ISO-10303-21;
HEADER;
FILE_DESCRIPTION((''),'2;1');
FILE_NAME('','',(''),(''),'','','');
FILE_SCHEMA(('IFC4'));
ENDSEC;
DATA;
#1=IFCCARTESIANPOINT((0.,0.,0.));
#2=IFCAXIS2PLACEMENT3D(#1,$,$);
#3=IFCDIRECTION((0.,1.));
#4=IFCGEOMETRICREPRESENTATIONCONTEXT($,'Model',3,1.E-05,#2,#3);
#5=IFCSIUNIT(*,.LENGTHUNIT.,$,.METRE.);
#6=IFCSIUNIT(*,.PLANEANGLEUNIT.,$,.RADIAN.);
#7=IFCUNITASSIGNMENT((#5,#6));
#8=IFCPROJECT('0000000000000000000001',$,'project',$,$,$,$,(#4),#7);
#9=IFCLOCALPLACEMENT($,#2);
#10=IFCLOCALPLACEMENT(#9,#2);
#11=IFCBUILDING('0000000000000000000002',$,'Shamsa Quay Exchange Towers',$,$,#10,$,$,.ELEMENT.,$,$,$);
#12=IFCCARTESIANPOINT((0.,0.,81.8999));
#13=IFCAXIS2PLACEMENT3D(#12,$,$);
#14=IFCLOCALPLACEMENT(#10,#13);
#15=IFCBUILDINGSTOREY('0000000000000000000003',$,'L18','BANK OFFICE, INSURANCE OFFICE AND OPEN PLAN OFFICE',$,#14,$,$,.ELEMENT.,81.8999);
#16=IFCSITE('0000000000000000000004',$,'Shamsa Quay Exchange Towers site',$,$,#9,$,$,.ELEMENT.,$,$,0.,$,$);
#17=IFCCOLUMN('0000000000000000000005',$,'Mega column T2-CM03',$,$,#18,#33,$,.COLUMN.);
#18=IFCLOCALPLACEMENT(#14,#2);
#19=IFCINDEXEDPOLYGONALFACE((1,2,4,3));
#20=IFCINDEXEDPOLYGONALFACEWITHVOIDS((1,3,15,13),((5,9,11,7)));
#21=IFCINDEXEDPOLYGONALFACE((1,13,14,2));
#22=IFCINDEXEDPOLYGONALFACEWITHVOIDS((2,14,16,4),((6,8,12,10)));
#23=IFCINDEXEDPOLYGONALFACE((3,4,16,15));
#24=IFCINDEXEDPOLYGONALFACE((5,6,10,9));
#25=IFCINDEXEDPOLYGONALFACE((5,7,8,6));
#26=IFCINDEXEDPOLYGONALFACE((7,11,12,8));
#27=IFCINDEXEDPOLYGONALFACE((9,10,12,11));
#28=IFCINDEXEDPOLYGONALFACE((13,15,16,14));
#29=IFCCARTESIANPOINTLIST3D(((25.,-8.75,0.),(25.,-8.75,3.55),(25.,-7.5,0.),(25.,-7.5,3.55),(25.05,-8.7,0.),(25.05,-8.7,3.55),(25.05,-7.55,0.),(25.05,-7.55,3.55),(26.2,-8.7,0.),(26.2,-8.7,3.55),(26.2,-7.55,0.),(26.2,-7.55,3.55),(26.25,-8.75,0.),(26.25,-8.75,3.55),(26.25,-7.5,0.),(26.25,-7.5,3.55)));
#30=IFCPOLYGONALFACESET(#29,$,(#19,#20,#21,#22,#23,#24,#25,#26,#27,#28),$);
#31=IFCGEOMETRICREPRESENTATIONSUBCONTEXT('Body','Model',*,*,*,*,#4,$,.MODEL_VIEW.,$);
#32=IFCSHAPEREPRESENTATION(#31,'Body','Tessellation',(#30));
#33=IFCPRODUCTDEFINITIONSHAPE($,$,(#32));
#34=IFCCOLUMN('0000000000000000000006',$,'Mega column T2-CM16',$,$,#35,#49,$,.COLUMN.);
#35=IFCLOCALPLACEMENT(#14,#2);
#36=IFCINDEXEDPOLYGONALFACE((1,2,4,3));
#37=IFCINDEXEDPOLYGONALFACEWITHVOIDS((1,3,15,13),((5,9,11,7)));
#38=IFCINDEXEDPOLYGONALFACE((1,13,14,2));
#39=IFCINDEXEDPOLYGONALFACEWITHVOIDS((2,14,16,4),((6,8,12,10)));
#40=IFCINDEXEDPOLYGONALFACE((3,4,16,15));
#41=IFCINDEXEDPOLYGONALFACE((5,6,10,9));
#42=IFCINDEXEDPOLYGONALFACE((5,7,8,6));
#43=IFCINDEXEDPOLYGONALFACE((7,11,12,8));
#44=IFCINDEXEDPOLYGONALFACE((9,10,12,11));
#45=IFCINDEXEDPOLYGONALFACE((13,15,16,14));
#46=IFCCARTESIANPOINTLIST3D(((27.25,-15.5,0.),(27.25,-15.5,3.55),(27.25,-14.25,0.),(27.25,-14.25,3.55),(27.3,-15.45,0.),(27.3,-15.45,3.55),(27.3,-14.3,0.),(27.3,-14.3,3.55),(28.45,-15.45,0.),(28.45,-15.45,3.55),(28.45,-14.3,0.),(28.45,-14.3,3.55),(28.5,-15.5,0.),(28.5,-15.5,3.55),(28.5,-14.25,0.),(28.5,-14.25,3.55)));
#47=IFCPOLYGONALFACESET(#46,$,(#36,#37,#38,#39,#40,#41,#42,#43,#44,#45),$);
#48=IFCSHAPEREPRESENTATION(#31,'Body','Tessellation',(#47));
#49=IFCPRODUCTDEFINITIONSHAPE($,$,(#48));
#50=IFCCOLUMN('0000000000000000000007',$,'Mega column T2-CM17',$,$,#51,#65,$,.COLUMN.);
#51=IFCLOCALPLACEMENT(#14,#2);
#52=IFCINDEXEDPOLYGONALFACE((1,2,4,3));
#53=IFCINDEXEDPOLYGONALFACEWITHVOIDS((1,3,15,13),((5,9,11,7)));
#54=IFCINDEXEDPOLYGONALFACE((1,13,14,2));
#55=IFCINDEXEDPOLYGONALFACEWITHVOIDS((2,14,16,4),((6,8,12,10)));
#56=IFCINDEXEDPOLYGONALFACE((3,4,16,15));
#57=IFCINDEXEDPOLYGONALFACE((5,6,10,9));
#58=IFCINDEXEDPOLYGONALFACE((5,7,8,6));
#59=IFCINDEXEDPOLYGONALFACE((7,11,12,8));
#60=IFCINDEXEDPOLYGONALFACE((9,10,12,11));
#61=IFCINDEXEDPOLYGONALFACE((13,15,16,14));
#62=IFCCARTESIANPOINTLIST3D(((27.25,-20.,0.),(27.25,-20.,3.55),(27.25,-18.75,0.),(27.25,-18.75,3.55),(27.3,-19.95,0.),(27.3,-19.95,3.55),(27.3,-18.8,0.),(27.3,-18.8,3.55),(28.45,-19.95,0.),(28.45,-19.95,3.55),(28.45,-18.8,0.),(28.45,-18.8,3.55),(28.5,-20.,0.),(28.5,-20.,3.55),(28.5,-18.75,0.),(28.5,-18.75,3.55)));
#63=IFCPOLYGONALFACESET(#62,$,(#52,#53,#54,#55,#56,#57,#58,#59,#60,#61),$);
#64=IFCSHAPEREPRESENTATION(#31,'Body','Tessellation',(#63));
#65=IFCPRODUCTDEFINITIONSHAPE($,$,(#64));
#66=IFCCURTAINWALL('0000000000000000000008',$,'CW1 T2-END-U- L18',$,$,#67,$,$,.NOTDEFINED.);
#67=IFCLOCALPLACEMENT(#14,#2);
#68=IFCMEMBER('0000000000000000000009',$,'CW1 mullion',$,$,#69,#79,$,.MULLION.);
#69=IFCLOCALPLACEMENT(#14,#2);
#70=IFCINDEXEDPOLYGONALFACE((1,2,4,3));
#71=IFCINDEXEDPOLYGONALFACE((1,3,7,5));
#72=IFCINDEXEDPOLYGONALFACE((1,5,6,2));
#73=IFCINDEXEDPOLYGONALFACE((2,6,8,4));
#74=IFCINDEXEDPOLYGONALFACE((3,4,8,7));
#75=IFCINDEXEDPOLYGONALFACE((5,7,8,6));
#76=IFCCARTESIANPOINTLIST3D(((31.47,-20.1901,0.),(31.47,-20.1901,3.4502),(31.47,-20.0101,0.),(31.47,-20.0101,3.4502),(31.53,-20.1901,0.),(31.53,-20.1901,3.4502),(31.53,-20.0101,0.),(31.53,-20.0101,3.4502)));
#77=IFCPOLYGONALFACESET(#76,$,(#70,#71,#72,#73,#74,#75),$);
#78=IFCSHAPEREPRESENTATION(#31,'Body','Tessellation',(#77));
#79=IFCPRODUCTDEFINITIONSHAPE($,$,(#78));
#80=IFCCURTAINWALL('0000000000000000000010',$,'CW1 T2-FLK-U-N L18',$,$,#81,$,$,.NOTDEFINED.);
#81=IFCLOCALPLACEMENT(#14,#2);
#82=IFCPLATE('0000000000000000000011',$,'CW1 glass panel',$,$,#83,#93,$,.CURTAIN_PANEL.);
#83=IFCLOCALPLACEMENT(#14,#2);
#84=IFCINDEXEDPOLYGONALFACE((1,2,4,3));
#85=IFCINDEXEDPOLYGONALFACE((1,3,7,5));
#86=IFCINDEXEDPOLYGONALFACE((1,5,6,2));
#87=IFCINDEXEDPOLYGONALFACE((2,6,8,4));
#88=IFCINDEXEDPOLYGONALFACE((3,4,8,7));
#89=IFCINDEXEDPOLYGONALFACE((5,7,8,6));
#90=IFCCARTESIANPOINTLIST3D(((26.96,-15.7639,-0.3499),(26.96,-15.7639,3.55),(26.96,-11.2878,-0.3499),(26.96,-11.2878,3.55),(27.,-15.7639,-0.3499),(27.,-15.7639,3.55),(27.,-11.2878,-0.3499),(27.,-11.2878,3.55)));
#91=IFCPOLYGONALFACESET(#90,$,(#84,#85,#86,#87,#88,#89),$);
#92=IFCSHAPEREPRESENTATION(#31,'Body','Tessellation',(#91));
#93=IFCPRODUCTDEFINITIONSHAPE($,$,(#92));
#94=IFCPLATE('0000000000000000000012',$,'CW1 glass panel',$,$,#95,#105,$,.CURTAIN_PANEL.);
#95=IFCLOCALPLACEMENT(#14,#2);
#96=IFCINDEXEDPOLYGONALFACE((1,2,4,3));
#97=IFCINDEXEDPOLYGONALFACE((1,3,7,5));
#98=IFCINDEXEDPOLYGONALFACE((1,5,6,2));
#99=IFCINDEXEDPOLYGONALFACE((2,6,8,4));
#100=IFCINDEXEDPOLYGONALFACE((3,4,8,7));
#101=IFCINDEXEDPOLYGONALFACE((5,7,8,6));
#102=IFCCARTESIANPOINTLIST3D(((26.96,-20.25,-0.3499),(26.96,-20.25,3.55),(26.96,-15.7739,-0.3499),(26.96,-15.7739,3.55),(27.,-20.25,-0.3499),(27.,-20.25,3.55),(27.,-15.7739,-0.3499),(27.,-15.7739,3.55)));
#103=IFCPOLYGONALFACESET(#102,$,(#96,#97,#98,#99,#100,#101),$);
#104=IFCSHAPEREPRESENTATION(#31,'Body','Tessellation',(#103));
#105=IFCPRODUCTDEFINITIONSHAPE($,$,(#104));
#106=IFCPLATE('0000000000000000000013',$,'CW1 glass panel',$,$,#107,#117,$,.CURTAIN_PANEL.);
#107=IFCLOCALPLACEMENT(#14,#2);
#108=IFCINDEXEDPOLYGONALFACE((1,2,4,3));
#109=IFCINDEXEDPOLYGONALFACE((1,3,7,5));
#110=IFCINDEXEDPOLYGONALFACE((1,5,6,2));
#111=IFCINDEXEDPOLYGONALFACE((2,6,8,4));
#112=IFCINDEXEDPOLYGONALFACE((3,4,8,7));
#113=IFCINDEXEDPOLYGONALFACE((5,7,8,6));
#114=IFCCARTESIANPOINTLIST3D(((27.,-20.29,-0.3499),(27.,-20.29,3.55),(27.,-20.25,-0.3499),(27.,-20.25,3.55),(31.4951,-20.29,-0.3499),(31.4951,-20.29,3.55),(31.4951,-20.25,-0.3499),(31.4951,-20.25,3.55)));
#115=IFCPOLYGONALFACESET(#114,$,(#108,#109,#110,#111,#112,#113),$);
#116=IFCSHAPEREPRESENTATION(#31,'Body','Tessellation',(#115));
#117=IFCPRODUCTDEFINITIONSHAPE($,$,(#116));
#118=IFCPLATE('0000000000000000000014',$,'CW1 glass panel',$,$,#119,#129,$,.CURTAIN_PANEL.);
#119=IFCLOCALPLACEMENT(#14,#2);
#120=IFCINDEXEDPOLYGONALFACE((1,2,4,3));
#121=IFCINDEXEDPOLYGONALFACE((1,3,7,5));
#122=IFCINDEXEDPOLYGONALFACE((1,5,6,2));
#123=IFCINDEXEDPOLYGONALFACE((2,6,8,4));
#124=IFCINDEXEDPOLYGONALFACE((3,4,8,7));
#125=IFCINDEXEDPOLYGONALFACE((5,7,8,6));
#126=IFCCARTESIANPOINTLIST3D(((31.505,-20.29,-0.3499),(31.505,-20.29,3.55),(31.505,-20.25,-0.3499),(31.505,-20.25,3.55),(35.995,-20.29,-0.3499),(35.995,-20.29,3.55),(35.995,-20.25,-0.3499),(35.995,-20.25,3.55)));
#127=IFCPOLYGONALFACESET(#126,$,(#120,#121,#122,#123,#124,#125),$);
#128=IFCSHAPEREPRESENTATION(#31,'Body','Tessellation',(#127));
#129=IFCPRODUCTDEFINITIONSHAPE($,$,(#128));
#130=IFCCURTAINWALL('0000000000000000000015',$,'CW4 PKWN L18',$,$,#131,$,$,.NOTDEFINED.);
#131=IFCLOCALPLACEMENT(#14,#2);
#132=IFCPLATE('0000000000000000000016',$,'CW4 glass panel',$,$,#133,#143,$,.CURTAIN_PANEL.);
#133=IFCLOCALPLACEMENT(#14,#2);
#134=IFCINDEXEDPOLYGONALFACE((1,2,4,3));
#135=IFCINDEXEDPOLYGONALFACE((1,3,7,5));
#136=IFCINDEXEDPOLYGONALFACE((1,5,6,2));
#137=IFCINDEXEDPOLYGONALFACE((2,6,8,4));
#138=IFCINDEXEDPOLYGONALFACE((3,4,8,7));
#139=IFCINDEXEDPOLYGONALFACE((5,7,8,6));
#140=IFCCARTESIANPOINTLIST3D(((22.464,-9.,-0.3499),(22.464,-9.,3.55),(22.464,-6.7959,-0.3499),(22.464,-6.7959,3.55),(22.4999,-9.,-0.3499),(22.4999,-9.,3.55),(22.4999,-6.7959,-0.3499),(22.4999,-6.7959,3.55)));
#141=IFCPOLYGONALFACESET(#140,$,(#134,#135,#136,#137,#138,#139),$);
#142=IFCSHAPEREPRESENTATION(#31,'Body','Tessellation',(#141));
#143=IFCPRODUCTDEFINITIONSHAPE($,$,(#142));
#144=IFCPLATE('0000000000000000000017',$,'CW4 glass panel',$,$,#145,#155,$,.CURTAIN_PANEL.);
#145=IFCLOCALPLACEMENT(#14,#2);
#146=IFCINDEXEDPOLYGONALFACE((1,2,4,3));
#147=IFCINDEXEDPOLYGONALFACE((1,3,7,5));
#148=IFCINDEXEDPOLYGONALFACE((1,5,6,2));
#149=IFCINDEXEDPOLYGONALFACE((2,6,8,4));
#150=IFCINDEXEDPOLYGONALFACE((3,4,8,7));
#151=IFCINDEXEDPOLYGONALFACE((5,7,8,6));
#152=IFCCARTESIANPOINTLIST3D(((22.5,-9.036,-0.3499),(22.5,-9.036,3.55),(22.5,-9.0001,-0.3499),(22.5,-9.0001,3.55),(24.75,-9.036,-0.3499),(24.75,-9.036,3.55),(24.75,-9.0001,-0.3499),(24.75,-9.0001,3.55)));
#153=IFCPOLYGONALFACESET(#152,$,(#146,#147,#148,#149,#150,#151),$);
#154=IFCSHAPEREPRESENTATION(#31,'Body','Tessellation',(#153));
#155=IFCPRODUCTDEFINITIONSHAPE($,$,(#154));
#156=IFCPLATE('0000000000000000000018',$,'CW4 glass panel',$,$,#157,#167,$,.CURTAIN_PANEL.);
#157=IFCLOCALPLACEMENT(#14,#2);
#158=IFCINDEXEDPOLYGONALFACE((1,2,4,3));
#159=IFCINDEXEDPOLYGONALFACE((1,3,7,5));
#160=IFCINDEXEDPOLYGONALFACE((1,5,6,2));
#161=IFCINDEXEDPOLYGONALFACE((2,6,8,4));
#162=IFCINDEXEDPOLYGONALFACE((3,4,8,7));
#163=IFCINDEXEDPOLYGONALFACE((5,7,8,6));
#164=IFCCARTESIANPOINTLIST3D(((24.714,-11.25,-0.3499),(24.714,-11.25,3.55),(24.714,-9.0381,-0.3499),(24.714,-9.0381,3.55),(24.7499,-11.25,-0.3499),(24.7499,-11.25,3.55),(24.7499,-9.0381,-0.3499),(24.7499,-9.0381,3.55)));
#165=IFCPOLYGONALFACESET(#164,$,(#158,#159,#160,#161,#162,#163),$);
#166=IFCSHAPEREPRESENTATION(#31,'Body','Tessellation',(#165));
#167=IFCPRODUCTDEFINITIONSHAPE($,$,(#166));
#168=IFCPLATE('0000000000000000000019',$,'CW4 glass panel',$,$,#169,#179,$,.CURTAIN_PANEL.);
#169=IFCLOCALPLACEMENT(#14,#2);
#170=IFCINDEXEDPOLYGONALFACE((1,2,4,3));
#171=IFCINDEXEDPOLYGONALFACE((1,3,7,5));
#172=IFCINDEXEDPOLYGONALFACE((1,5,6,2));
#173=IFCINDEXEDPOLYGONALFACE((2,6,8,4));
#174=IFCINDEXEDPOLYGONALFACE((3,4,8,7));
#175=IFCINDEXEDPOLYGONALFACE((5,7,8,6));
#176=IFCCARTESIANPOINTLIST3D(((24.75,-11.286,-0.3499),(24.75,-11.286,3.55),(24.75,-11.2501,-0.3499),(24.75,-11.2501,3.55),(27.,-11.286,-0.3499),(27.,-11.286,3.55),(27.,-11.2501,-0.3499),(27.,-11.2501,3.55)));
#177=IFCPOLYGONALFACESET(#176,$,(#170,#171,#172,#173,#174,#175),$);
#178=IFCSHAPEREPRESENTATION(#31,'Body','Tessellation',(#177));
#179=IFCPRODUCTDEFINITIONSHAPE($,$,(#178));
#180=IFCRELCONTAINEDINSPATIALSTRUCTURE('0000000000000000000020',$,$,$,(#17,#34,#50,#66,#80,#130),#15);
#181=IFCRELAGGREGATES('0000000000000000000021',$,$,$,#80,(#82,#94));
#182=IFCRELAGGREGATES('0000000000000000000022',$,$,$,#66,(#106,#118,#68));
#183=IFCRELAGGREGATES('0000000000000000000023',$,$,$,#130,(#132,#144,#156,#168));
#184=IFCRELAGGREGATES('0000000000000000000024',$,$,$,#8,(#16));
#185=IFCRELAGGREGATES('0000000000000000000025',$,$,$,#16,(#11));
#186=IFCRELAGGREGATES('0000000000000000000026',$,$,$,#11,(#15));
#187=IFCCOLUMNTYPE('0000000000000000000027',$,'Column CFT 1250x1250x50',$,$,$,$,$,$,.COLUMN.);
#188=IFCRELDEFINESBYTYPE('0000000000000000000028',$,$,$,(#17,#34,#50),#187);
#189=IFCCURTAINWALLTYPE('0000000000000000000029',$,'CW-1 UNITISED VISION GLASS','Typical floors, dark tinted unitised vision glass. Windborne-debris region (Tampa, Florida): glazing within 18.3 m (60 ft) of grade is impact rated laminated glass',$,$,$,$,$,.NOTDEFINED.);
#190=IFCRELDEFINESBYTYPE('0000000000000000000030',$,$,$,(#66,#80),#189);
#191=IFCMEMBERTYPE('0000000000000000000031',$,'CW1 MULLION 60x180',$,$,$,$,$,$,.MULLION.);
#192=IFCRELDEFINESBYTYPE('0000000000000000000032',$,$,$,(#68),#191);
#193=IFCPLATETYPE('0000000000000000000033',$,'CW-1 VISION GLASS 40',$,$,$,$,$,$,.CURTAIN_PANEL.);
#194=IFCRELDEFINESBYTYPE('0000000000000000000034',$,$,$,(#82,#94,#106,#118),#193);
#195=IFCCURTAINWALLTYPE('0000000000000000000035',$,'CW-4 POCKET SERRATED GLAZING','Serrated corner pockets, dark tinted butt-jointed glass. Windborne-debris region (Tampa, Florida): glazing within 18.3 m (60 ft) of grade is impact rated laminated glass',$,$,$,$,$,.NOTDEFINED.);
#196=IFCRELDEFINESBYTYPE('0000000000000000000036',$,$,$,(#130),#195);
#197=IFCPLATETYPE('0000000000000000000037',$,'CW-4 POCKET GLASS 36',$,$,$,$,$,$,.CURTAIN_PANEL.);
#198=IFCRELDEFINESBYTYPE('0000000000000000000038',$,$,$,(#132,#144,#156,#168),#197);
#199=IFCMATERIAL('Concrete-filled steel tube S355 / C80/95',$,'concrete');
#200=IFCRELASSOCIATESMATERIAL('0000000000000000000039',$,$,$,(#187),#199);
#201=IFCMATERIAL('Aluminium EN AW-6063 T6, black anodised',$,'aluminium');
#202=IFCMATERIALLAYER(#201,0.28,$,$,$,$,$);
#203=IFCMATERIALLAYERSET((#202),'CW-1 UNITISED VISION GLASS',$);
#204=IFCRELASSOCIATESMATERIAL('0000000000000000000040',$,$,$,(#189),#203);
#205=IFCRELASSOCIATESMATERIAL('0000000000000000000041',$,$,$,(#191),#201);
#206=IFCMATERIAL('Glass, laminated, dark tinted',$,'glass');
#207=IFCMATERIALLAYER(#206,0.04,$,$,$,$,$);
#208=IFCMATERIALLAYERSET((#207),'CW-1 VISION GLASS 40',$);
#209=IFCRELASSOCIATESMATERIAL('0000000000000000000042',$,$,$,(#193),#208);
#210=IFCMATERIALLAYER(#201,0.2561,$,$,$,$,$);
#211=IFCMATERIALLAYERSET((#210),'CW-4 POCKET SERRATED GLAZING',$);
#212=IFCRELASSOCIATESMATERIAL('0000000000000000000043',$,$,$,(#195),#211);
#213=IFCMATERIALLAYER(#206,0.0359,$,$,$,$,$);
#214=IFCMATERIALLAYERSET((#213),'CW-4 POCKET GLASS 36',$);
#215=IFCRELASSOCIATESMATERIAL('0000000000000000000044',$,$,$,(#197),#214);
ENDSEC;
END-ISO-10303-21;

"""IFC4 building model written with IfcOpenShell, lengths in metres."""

from ifc_helpers import new_model, si_unit, direction, frame, origin, origin_2d, place, context, subcontext, project, spatial, rectangle, hollow_rectangle, extrude, material, layer, layer_set, material_profile, profile_set, type_object, element, aggregate, save


model = new_model("IFC4")

# Units and contexts
model_context = context("Model", 3, precision=1e-05, world=origin(), true_north=direction((0.0, 1.0)))
body_context = subcontext(model_context, "Body", "Model", "MODEL_VIEW")
ifc_project = project(units=[si_unit("LENGTHUNIT", "METRE"), si_unit("PLANEANGLEUNIT", "RADIAN")], contexts=[model_context])

# Site, building, storey
site_placement = place(None, origin())
site = spatial("IfcSite", under=ifc_project, at=site_placement, Name="Shamsa Quay Exchange Towers site", CompositionType="ELEMENT", RefElevation=0.0)
building_placement = place(site_placement, origin())
building = spatial("IfcBuilding", under=site, at=building_placement, Name="Shamsa Quay Exchange Towers", CompositionType="ELEMENT")
storey_placement = place(building_placement, frame((0.0, 0.0, 81.8999)))
storey = spatial("IfcBuildingStorey", under=building, at=storey_placement, Name="L18", Description="BANK OFFICE, INSURANCE OFFICE AND OPEN PLAN OFFICE", CompositionType="ELEMENT", Elevation=81.8999)

# Columns
ifc_material_1 = material(Name="Concrete-filled steel tube S355 / C80/95", Category="concrete")
ifc_material_profile_1 = material_profile(ifc_material_1, hollow_rectangle(XDim=1.25, YDim=1.25, WallThickness=0.05, at=origin_2d()), Name="CFT 1250x1250x50")
ifc_profile_set_1 = profile_set([ifc_material_profile_1], Name="Concrete-filled steel tube S355 / C80/95")
column_type = type_object("IfcColumnType", Name="Column CFT 1250x1250x50", PredefinedType="COLUMN", material=ifc_profile_set_1)
for number, where, name in (
    (1, (25.625, -8.125, 0.0), "Mega column T2-CM03"),
    (2, (27.875, -14.875, 0.0), "Mega column T2-CM16"),
    (3, (27.875, -19.375, 0.0), "Mega column T2-CM17"),
):
    element("IfcColumn", number, at=place(storey_placement, frame(where)), inside=storey, type_object=column_type, Name=name, PredefinedType="COLUMN", context=body_context, shape_type="SweptSolid", body=[
        extrude(hollow_rectangle(XDim=1.25, YDim=1.25, WallThickness=0.05, at=origin_2d()), origin(), (0.0, 0.0, 1.0), 3.55),
    ])

# Curtain wall, member
ifc_material_2 = material(Name="Aluminium EN AW-6063 T6, black anodised", Category="aluminium")
ifc_layer_1 = layer(ifc_material_2, 0.28)
ifc_layer_set_1 = layer_set([ifc_layer_1], Name="CW-1 UNITISED VISION GLASS")
curtain_wall_type_1 = type_object("IfcCurtainWallType", Name="CW-1 UNITISED VISION GLASS", Description="Typical floors, dark tinted unitised vision glass. Windborne-debris region (Tampa, Florida): glazing within 18.3 m (60 ft) of grade is impact rated laminated glass", PredefinedType="NOTDEFINED", material=ifc_layer_set_1)
curtain_wall_1_placement = place(storey_placement, origin())
curtain_wall_1 = element("IfcCurtainWall", 4, at=curtain_wall_1_placement, inside=storey, type_object=curtain_wall_type_1, Name="CW1 T2-END-U- L18", PredefinedType="NOTDEFINED")
ifc_material_profile_2 = material_profile(ifc_material_2, rectangle(XDim=0.1799, YDim=0.0601, at=origin_2d()), Name="MU60x180")
ifc_profile_set_2 = profile_set([ifc_material_profile_2], Name="Aluminium EN AW-6063 T6, black anodised")
member_type = type_object("IfcMemberType", Name="CW1 MULLION 60x180", PredefinedType="MULLION", material=ifc_profile_set_2)
member_placement = place(storey_placement, frame((31.5, -20.1001, 0.0), z_axis=(0.0, 0.0, 1.0), x_axis=(0.0, 1.0, 0.0)))
member = element("IfcMember", 5, at=member_placement, type_object=member_type, Name="CW1 mullion", PredefinedType="MULLION", context=body_context, shape_type="SweptSolid", body=[
    extrude(rectangle(XDim=0.1799, YDim=0.0601, at=origin_2d()), origin(), (0.0, 0.0, 1.0), 3.4502),
])

# Curtain wall, plates
curtain_wall_2_placement = place(storey_placement, origin())
curtain_wall_2 = element("IfcCurtainWall", 6, at=curtain_wall_2_placement, inside=storey, type_object=curtain_wall_type_1, Name="CW1 T2-FLK-U-N L18", PredefinedType="NOTDEFINED")
ifc_material_3 = material(Name="Glass, laminated, dark tinted", Category="glass")
ifc_layer_2 = layer(ifc_material_3, 0.04)
ifc_layer_set_2 = layer_set([ifc_layer_2], Name="CW-1 VISION GLASS 40")
plate_type_1 = type_object("IfcPlateType", Name="CW-1 VISION GLASS 40", PredefinedType="CURTAIN_PANEL", material=ifc_layer_set_2)
plate_1_placement = place(storey_placement, frame((26.98, -13.5259, -0.3499), z_axis=(0.0, 0.0, 1.0), x_axis=(0.0, -1.0, 0.0)))
plate_1 = element("IfcPlate", 7, at=plate_1_placement, type_object=plate_type_1, Name="CW1 glass panel", PredefinedType="CURTAIN_PANEL", context=body_context, shape_type="SweptSolid", body=[
    extrude(rectangle(XDim=4.4761, YDim=0.04, at=origin_2d()), origin(), (0.0, 0.0, 1.0), 3.8999),
])
plate_2_placement = place(storey_placement, frame((26.98, -18.012, -0.3499), z_axis=(0.0, 0.0, 1.0), x_axis=(0.0, -1.0, 0.0)))
plate_2 = element("IfcPlate", 8, at=plate_2_placement, type_object=plate_type_1, Name="CW1 glass panel", PredefinedType="CURTAIN_PANEL", context=body_context, shape_type="SweptSolid", body=[
    extrude(rectangle(XDim=4.4761, YDim=0.04, at=origin_2d()), origin(), (0.0, 0.0, 1.0), 3.8999),
])
aggregate(curtain_wall_2, [plate_1, plate_2])

# Plates
plate_3_placement = place(storey_placement, frame((29.2476, -20.27, -0.3499)))
plate_3 = element("IfcPlate", 9, at=plate_3_placement, type_object=plate_type_1, Name="CW1 glass panel", PredefinedType="CURTAIN_PANEL", context=body_context, shape_type="SweptSolid", body=[
    extrude(rectangle(XDim=4.4951, YDim=0.04, at=origin_2d()), origin(), (0.0, 0.0, 1.0), 3.8999),
])
plate_4_placement = place(storey_placement, frame((33.75, -20.27, -0.3499)))
plate_4 = element("IfcPlate", 10, at=plate_4_placement, type_object=plate_type_1, Name="CW1 glass panel", PredefinedType="CURTAIN_PANEL", context=body_context, shape_type="SweptSolid", body=[
    extrude(rectangle(XDim=4.49, YDim=0.04, at=origin_2d()), origin(), (0.0, 0.0, 1.0), 3.8999),
])
aggregate(curtain_wall_1, [plate_3, plate_4, member])

# Curtain wall, plates
ifc_layer_3 = layer(ifc_material_2, 0.2561)
ifc_layer_set_3 = layer_set([ifc_layer_3], Name="CW-4 POCKET SERRATED GLAZING")
curtain_wall_type_2 = type_object("IfcCurtainWallType", Name="CW-4 POCKET SERRATED GLAZING", Description="Serrated corner pockets, dark tinted butt-jointed glass. Windborne-debris region (Tampa, Florida): glazing within 18.3 m (60 ft) of grade is impact rated laminated glass", PredefinedType="NOTDEFINED", material=ifc_layer_set_3)
curtain_wall_3_placement = place(storey_placement, origin())
curtain_wall_3 = element("IfcCurtainWall", 11, at=curtain_wall_3_placement, inside=storey, type_object=curtain_wall_type_2, Name="CW4 PKWN L18", PredefinedType="NOTDEFINED")
ifc_layer_4 = layer(ifc_material_3, 0.0359)
ifc_layer_set_4 = layer_set([ifc_layer_4], Name="CW-4 POCKET GLASS 36")
plate_type_2 = type_object("IfcPlateType", Name="CW-4 POCKET GLASS 36", PredefinedType="CURTAIN_PANEL", material=ifc_layer_set_4)
plate_5_placement = place(storey_placement, frame((22.4819, -7.8979, -0.3499), z_axis=(0.0, 0.0, 1.0), x_axis=(0.0, -1.0, 0.0)))
plate_5 = element("IfcPlate", 12, at=plate_5_placement, type_object=plate_type_2, Name="CW4 glass panel", PredefinedType="CURTAIN_PANEL", context=body_context, shape_type="SweptSolid", body=[
    extrude(rectangle(XDim=2.2041, YDim=0.0359, at=origin_2d()), origin(), (0.0, 0.0, 1.0), 3.8999),
])
plate_6_placement = place(storey_placement, frame((23.625, -9.0181, -0.3499)))
plate_6 = element("IfcPlate", 13, at=plate_6_placement, type_object=plate_type_2, Name="CW4 glass panel", PredefinedType="CURTAIN_PANEL", context=body_context, shape_type="SweptSolid", body=[
    extrude(rectangle(XDim=2.25, YDim=0.0359, at=origin_2d()), origin(), (0.0, 0.0, 1.0), 3.8999),
])
plate_7_placement = place(storey_placement, frame((24.7319, -10.144, -0.3499), z_axis=(0.0, 0.0, 1.0), x_axis=(0.0, -1.0, 0.0)))
plate_7 = element("IfcPlate", 14, at=plate_7_placement, type_object=plate_type_2, Name="CW4 glass panel", PredefinedType="CURTAIN_PANEL", context=body_context, shape_type="SweptSolid", body=[
    extrude(rectangle(XDim=2.2119, YDim=0.0359, at=origin_2d()), origin(), (0.0, 0.0, 1.0), 3.8999),
])
plate_8_placement = place(storey_placement, frame((25.875, -11.2681, -0.3499)))
plate_8 = element("IfcPlate", 15, at=plate_8_placement, type_object=plate_type_2, Name="CW4 glass panel", PredefinedType="CURTAIN_PANEL", context=body_context, shape_type="SweptSolid", body=[
    extrude(rectangle(XDim=2.25, YDim=0.0359, at=origin_2d()), origin(), (0.0, 0.0, 1.0), 3.8999),
])
aggregate(curtain_wall_3, [plate_5, plate_6, plate_7, plate_8])

save(model, "model.ifc")
